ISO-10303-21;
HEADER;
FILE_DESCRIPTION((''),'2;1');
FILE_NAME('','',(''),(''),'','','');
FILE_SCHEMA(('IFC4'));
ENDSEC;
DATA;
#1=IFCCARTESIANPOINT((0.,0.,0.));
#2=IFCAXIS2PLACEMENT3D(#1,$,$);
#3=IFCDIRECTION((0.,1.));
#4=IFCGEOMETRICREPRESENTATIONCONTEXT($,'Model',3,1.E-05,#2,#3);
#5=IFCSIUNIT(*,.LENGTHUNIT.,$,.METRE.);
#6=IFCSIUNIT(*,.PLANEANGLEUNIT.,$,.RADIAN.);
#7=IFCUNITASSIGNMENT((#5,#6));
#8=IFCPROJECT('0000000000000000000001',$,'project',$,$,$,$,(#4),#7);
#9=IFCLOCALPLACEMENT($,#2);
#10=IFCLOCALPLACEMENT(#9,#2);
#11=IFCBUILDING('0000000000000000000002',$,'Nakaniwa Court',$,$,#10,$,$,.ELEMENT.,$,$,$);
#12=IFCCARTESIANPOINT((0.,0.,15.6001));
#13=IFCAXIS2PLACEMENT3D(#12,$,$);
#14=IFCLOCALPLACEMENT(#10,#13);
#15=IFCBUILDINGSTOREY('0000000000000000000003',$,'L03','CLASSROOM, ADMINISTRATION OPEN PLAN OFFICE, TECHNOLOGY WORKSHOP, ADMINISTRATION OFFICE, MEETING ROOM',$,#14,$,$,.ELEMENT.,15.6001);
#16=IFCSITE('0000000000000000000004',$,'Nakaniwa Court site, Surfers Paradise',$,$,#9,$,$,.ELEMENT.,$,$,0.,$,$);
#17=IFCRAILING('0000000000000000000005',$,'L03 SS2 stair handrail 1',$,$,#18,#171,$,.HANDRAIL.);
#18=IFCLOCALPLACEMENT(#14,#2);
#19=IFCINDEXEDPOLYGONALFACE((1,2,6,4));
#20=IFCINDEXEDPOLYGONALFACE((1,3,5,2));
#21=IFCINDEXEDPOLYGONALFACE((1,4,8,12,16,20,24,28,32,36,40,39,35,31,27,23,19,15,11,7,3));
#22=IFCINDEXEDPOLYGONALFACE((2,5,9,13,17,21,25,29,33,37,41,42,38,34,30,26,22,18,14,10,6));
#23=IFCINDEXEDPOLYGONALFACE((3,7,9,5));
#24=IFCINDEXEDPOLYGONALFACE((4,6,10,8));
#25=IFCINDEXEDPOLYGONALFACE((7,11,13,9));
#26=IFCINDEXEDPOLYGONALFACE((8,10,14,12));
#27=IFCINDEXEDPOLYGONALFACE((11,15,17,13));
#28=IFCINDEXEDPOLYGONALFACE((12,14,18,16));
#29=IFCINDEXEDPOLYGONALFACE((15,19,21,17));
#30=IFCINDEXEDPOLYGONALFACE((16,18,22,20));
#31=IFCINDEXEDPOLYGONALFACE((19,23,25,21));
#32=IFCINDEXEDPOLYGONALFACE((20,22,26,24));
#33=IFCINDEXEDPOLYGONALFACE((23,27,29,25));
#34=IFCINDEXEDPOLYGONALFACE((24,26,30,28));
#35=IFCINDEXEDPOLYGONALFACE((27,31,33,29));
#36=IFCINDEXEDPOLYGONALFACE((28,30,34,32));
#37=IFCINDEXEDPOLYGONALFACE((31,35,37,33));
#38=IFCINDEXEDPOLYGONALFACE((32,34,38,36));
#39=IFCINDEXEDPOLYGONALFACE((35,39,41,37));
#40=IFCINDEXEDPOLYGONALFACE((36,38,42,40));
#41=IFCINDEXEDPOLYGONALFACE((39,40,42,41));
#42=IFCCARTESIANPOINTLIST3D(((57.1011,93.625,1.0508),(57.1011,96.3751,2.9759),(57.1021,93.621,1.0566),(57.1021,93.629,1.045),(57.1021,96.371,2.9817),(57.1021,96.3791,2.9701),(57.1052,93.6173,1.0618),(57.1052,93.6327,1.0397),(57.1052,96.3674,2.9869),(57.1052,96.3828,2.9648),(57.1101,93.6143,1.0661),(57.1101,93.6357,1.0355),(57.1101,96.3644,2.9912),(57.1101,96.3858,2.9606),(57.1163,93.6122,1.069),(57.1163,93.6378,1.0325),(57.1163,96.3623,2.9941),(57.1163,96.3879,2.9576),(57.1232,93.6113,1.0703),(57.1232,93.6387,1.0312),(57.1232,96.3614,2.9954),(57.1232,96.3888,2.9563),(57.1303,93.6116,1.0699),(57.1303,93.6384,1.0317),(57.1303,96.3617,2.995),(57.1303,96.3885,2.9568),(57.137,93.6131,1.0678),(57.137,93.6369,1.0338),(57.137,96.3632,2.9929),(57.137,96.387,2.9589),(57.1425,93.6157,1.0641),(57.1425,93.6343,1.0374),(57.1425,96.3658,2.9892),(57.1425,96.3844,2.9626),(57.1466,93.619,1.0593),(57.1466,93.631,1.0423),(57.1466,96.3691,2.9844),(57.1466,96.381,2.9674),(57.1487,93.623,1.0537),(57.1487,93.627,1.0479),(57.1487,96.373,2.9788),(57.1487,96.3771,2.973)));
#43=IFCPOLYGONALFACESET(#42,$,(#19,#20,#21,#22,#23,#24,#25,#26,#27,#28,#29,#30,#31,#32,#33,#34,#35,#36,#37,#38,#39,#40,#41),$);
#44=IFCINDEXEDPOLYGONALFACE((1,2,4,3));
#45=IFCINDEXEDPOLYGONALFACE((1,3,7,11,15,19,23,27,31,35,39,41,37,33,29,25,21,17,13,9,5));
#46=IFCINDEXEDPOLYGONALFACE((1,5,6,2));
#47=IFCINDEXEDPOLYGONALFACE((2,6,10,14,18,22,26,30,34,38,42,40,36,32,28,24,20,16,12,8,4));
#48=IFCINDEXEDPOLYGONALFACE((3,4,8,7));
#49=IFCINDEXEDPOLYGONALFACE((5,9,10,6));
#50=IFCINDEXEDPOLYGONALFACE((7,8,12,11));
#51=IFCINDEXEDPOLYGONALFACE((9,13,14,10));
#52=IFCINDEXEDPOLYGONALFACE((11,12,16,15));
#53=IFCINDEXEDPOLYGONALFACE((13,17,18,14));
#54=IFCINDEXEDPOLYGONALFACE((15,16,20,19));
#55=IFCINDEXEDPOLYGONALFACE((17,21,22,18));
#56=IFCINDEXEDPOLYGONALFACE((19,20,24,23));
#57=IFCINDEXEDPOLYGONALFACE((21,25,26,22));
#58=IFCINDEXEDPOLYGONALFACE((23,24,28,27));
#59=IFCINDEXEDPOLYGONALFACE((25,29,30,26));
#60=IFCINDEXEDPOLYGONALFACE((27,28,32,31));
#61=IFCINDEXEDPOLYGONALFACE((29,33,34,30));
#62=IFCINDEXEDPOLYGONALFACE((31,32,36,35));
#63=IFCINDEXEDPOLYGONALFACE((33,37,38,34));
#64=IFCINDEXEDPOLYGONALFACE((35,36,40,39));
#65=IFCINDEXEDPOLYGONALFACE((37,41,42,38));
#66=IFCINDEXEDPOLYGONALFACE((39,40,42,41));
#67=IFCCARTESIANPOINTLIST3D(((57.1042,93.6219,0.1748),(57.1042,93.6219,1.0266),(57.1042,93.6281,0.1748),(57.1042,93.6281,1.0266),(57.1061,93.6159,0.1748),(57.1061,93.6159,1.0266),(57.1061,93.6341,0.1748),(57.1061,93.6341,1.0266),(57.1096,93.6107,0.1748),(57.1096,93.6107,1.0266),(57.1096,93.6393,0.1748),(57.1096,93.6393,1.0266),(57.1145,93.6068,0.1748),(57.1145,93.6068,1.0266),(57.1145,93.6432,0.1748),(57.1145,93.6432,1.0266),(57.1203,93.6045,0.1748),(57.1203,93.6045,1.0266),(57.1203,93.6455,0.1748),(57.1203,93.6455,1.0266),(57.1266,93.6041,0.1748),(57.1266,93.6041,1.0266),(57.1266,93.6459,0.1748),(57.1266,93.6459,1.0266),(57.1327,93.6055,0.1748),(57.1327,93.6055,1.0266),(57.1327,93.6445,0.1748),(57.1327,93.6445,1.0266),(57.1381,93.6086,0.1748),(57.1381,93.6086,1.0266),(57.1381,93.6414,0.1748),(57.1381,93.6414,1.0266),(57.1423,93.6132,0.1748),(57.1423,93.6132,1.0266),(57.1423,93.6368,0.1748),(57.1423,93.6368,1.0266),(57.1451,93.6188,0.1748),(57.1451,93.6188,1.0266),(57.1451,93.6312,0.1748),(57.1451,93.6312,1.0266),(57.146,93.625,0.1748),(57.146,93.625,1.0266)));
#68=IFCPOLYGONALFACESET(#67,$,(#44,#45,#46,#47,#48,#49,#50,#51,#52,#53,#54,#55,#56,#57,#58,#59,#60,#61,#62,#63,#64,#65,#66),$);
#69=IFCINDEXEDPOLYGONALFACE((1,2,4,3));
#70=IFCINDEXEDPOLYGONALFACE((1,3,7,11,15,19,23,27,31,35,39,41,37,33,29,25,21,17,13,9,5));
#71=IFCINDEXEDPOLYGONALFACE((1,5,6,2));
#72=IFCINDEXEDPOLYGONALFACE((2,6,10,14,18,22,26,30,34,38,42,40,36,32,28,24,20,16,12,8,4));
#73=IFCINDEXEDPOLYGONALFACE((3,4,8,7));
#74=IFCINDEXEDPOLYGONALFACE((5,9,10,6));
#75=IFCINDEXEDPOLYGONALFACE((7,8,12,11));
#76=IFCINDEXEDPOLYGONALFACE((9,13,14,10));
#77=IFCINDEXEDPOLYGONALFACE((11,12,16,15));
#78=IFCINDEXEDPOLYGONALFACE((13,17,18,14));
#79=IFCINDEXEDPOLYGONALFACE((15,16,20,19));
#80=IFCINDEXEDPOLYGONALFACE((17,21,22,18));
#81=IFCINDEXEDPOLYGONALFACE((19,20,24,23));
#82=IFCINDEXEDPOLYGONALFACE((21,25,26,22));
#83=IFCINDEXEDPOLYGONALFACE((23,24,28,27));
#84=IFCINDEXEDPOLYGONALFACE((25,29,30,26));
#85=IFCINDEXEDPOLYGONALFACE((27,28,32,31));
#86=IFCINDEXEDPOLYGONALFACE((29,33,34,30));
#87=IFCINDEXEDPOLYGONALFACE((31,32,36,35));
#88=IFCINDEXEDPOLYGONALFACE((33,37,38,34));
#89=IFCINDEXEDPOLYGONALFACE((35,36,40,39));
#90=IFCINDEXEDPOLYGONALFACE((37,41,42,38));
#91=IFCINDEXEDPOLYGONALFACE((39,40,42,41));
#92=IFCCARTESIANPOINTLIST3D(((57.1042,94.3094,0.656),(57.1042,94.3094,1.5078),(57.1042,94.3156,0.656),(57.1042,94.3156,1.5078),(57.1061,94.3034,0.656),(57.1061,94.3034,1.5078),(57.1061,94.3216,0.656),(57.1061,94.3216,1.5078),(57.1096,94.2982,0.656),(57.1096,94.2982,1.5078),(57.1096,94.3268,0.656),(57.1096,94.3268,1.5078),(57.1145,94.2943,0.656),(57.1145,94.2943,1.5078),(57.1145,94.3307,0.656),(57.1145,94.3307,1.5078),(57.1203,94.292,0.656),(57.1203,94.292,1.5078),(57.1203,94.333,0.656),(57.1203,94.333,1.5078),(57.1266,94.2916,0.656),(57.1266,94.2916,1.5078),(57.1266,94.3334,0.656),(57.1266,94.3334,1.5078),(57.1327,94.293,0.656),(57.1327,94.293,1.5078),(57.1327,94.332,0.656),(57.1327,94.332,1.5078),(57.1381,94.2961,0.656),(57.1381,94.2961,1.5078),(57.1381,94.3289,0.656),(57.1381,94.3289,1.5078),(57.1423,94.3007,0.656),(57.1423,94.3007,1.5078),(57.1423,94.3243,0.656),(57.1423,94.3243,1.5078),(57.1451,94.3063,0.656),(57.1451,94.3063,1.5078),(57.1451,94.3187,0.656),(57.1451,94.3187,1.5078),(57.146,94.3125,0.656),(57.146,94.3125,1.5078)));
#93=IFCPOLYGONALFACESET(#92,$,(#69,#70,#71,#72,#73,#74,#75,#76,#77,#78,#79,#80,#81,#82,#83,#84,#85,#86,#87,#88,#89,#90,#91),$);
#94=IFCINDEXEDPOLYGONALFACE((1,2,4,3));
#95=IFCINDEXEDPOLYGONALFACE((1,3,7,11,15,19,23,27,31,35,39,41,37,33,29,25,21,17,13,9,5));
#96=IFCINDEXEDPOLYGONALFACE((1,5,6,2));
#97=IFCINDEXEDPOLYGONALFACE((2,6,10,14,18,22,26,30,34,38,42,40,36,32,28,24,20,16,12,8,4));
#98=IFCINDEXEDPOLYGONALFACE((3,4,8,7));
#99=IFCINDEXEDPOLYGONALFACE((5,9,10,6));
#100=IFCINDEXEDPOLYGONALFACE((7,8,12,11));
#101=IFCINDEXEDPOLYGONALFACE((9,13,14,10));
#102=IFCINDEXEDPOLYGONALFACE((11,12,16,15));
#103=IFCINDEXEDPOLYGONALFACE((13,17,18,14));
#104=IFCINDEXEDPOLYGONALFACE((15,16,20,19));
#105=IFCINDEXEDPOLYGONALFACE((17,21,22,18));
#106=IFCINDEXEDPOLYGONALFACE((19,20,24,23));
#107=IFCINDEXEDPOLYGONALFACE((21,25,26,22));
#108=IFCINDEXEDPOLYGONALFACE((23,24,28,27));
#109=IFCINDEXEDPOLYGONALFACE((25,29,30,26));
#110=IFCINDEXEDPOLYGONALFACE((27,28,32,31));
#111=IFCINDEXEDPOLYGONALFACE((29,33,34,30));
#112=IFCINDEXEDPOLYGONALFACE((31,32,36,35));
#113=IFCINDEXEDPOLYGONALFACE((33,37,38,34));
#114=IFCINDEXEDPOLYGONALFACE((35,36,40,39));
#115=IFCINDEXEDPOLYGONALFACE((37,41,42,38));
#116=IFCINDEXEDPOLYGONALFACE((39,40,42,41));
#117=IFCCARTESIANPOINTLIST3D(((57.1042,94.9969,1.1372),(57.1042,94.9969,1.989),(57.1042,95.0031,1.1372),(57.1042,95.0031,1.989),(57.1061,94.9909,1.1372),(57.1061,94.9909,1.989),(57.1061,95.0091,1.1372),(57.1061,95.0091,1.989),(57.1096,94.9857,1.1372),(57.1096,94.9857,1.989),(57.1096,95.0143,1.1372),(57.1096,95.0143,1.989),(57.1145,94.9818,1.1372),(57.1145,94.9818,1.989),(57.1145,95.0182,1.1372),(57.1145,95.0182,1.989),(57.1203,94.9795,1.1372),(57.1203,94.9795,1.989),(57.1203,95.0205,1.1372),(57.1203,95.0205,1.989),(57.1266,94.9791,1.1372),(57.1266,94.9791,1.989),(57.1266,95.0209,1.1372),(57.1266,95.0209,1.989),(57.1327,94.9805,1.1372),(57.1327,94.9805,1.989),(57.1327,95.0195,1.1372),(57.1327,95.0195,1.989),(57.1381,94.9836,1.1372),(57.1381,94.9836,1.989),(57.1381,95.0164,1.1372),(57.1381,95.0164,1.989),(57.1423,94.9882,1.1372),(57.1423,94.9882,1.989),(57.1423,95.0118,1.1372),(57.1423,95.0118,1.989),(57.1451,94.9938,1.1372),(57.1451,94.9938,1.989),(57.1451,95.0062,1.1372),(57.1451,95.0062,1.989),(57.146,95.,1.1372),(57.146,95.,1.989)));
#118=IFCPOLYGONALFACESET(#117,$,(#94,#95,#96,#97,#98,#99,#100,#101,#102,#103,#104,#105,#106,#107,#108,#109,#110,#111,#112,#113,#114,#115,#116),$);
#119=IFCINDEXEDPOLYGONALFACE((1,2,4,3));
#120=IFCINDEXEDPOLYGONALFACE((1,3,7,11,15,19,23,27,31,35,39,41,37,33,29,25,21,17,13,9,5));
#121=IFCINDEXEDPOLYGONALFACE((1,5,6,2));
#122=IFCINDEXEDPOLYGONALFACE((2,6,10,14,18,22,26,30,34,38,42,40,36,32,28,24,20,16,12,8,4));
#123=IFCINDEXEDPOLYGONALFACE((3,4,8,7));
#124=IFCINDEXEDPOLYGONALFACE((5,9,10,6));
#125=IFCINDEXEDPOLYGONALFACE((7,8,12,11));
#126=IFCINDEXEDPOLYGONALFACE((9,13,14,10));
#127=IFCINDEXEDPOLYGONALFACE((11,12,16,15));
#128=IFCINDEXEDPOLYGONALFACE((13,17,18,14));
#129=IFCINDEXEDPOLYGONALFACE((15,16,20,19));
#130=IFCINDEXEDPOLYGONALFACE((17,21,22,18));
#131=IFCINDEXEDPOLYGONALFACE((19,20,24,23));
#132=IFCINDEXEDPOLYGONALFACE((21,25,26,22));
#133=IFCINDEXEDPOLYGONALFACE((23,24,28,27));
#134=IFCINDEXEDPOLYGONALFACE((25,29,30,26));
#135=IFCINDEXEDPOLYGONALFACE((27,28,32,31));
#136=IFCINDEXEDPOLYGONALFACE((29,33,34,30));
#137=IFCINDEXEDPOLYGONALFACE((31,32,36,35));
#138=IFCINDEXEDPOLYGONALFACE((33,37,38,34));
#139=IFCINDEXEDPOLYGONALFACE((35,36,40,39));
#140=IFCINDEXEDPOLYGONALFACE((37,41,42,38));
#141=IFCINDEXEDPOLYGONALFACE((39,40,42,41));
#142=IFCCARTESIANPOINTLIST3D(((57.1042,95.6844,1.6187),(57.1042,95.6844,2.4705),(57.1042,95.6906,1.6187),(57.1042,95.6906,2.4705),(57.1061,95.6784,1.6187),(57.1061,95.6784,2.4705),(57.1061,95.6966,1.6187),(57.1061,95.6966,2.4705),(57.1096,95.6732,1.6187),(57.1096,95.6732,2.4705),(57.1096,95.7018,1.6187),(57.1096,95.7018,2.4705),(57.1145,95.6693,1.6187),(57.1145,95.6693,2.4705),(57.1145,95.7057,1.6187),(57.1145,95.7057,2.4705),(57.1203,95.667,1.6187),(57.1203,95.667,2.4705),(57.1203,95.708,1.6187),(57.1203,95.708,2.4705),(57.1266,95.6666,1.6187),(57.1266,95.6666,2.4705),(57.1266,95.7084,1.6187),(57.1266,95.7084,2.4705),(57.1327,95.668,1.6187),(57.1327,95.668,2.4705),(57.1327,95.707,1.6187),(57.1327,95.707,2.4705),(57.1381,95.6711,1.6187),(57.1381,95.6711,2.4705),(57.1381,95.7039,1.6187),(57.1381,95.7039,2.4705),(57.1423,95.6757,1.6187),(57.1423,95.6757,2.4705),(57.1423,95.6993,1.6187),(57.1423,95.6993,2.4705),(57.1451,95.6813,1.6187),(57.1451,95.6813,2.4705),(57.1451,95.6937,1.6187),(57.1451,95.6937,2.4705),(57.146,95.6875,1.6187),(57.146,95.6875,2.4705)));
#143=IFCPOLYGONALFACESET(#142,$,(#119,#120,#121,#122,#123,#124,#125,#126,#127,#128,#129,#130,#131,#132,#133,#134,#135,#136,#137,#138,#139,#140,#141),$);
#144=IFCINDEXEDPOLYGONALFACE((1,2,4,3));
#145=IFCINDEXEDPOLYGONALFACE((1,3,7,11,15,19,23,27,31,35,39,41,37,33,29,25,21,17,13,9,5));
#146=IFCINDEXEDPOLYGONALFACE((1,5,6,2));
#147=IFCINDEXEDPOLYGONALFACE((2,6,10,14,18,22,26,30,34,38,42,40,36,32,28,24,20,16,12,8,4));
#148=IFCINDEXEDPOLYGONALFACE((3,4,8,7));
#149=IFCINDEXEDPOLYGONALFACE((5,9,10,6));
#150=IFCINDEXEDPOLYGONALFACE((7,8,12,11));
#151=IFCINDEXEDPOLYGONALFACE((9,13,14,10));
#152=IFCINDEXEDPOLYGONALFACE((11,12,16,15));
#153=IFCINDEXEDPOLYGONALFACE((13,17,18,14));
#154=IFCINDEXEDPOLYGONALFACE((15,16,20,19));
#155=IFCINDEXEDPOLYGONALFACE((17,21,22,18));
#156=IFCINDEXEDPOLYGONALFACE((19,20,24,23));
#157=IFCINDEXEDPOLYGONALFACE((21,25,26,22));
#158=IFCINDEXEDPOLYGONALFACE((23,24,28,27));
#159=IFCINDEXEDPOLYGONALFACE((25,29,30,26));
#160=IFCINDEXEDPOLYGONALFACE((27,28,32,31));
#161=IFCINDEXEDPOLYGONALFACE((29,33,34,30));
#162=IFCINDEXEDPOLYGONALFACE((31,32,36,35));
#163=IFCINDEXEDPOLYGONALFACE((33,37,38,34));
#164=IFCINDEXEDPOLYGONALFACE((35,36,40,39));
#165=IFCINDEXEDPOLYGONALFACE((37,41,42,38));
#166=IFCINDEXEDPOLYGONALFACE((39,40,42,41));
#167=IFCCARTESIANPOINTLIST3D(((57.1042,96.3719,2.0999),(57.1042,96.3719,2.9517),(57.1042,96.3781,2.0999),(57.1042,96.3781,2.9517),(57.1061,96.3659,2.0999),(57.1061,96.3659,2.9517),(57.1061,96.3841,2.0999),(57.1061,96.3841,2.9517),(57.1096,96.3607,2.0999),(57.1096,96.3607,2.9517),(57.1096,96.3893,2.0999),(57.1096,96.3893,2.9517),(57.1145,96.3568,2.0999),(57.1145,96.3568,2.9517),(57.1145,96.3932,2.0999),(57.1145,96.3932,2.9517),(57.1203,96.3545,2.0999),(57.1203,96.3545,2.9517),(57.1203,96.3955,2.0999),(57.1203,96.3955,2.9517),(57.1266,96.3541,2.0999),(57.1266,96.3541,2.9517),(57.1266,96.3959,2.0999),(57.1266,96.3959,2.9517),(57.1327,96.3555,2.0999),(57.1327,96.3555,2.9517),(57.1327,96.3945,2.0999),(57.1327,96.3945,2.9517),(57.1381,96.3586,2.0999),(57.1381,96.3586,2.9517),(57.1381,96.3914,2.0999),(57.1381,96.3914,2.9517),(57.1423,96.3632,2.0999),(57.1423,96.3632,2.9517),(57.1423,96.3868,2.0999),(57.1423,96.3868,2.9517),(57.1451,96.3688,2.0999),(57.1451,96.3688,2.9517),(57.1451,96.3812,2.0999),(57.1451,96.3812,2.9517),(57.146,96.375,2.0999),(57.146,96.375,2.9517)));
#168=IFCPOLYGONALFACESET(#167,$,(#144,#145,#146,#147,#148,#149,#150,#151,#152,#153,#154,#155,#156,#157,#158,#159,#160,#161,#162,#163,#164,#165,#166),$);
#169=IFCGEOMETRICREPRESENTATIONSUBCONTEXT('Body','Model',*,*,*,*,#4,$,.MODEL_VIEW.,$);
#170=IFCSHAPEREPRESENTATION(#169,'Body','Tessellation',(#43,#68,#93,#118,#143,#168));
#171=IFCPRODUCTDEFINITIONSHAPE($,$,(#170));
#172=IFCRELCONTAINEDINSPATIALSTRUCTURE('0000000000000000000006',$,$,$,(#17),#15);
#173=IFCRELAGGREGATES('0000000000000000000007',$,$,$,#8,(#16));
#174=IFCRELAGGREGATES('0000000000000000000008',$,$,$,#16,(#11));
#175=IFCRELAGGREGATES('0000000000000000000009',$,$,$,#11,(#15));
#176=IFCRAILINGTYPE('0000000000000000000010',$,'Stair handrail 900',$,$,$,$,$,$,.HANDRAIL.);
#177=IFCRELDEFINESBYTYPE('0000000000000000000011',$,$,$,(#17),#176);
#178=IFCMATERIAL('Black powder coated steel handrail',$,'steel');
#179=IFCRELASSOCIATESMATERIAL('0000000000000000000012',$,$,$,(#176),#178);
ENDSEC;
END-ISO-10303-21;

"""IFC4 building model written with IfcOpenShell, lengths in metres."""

from ifc_helpers import new_model, si_unit, direction, frame, origin, origin_2d, place, context, subcontext, project, spatial, circle, extrude, material, type_object, element, save


model = new_model("IFC4")

# Units and contexts
model_context = context("Model", 3, precision=1e-05, world=origin(), true_north=direction((0.0, 1.0)))
body_context = subcontext(model_context, "Body", "Model", "MODEL_VIEW")
ifc_project = project(units=[si_unit("LENGTHUNIT", "METRE"), si_unit("PLANEANGLEUNIT", "RADIAN")], contexts=[model_context])

# Site, building, storey
site_placement = place(None, origin())
site = spatial("IfcSite", under=ifc_project, at=site_placement, Name="Nakaniwa Court site, Surfers Paradise", CompositionType="ELEMENT", RefElevation=0.0)
building_placement = place(site_placement, origin())
building = spatial("IfcBuilding", under=site, at=building_placement, Name="Nakaniwa Court", CompositionType="ELEMENT")
storey_placement = place(building_placement, frame((0.0, 0.0, 15.6001)))
storey = spatial("IfcBuildingStorey", under=building, at=storey_placement, Name="L03", Description="CLASSROOM, ADMINISTRATION OPEN PLAN OFFICE, TECHNOLOGY WORKSHOP, ADMINISTRATION OFFICE, MEETING ROOM", CompositionType="ELEMENT", Elevation=15.6001)

# Railing
ifc_material_1 = material(Name="Black powder coated steel handrail", Category="steel")
railing_type_1 = type_object("IfcRailingType", Name="Stair handrail 900", PredefinedType="HANDRAIL", material=ifc_material_1)
railing_1_placement = place(storey_placement, frame((57.125, 93.625, 0.1748)))
element("IfcRailing", 1, at=railing_1_placement, inside=storey, type_object=railing_type_1, Name="L03 SS2 stair handrail 1", PredefinedType="HANDRAIL", context=body_context, shape_type="SweptSolid", body=[
    extrude(circle(Radius=0.0239, at=origin_2d()), frame((0.0, 0.0, 0.876), z_axis=(0.0, 0.819225, 0.573472), x_axis=(-1.0, 0.0, 0.0)), (0.0, 0.0, 1.0), 3.3569),
    extrude(circle(Radius=0.021, at=origin_2d()), origin(), (0.0, 0.0, 1.0), 0.8518),
    extrude(circle(Radius=0.021, at=origin_2d()), frame((0.0, 0.6875, 0.4812)), (0.0, 0.0, 1.0), 0.8518),
    extrude(circle(Radius=0.021, at=origin_2d()), frame((0.0, 1.375, 0.9624)), (0.0, 0.0, 1.0), 0.8518),
    extrude(circle(Radius=0.021, at=origin_2d()), frame((0.0, 2.0625, 1.4438)), (0.0, 0.0, 1.0), 0.8518),
    extrude(circle(Radius=0.021, at=origin_2d()), frame((0.0, 2.75, 1.925)), (0.0, 0.0, 1.0), 0.8518),
])

save(model, "model.ifc")
